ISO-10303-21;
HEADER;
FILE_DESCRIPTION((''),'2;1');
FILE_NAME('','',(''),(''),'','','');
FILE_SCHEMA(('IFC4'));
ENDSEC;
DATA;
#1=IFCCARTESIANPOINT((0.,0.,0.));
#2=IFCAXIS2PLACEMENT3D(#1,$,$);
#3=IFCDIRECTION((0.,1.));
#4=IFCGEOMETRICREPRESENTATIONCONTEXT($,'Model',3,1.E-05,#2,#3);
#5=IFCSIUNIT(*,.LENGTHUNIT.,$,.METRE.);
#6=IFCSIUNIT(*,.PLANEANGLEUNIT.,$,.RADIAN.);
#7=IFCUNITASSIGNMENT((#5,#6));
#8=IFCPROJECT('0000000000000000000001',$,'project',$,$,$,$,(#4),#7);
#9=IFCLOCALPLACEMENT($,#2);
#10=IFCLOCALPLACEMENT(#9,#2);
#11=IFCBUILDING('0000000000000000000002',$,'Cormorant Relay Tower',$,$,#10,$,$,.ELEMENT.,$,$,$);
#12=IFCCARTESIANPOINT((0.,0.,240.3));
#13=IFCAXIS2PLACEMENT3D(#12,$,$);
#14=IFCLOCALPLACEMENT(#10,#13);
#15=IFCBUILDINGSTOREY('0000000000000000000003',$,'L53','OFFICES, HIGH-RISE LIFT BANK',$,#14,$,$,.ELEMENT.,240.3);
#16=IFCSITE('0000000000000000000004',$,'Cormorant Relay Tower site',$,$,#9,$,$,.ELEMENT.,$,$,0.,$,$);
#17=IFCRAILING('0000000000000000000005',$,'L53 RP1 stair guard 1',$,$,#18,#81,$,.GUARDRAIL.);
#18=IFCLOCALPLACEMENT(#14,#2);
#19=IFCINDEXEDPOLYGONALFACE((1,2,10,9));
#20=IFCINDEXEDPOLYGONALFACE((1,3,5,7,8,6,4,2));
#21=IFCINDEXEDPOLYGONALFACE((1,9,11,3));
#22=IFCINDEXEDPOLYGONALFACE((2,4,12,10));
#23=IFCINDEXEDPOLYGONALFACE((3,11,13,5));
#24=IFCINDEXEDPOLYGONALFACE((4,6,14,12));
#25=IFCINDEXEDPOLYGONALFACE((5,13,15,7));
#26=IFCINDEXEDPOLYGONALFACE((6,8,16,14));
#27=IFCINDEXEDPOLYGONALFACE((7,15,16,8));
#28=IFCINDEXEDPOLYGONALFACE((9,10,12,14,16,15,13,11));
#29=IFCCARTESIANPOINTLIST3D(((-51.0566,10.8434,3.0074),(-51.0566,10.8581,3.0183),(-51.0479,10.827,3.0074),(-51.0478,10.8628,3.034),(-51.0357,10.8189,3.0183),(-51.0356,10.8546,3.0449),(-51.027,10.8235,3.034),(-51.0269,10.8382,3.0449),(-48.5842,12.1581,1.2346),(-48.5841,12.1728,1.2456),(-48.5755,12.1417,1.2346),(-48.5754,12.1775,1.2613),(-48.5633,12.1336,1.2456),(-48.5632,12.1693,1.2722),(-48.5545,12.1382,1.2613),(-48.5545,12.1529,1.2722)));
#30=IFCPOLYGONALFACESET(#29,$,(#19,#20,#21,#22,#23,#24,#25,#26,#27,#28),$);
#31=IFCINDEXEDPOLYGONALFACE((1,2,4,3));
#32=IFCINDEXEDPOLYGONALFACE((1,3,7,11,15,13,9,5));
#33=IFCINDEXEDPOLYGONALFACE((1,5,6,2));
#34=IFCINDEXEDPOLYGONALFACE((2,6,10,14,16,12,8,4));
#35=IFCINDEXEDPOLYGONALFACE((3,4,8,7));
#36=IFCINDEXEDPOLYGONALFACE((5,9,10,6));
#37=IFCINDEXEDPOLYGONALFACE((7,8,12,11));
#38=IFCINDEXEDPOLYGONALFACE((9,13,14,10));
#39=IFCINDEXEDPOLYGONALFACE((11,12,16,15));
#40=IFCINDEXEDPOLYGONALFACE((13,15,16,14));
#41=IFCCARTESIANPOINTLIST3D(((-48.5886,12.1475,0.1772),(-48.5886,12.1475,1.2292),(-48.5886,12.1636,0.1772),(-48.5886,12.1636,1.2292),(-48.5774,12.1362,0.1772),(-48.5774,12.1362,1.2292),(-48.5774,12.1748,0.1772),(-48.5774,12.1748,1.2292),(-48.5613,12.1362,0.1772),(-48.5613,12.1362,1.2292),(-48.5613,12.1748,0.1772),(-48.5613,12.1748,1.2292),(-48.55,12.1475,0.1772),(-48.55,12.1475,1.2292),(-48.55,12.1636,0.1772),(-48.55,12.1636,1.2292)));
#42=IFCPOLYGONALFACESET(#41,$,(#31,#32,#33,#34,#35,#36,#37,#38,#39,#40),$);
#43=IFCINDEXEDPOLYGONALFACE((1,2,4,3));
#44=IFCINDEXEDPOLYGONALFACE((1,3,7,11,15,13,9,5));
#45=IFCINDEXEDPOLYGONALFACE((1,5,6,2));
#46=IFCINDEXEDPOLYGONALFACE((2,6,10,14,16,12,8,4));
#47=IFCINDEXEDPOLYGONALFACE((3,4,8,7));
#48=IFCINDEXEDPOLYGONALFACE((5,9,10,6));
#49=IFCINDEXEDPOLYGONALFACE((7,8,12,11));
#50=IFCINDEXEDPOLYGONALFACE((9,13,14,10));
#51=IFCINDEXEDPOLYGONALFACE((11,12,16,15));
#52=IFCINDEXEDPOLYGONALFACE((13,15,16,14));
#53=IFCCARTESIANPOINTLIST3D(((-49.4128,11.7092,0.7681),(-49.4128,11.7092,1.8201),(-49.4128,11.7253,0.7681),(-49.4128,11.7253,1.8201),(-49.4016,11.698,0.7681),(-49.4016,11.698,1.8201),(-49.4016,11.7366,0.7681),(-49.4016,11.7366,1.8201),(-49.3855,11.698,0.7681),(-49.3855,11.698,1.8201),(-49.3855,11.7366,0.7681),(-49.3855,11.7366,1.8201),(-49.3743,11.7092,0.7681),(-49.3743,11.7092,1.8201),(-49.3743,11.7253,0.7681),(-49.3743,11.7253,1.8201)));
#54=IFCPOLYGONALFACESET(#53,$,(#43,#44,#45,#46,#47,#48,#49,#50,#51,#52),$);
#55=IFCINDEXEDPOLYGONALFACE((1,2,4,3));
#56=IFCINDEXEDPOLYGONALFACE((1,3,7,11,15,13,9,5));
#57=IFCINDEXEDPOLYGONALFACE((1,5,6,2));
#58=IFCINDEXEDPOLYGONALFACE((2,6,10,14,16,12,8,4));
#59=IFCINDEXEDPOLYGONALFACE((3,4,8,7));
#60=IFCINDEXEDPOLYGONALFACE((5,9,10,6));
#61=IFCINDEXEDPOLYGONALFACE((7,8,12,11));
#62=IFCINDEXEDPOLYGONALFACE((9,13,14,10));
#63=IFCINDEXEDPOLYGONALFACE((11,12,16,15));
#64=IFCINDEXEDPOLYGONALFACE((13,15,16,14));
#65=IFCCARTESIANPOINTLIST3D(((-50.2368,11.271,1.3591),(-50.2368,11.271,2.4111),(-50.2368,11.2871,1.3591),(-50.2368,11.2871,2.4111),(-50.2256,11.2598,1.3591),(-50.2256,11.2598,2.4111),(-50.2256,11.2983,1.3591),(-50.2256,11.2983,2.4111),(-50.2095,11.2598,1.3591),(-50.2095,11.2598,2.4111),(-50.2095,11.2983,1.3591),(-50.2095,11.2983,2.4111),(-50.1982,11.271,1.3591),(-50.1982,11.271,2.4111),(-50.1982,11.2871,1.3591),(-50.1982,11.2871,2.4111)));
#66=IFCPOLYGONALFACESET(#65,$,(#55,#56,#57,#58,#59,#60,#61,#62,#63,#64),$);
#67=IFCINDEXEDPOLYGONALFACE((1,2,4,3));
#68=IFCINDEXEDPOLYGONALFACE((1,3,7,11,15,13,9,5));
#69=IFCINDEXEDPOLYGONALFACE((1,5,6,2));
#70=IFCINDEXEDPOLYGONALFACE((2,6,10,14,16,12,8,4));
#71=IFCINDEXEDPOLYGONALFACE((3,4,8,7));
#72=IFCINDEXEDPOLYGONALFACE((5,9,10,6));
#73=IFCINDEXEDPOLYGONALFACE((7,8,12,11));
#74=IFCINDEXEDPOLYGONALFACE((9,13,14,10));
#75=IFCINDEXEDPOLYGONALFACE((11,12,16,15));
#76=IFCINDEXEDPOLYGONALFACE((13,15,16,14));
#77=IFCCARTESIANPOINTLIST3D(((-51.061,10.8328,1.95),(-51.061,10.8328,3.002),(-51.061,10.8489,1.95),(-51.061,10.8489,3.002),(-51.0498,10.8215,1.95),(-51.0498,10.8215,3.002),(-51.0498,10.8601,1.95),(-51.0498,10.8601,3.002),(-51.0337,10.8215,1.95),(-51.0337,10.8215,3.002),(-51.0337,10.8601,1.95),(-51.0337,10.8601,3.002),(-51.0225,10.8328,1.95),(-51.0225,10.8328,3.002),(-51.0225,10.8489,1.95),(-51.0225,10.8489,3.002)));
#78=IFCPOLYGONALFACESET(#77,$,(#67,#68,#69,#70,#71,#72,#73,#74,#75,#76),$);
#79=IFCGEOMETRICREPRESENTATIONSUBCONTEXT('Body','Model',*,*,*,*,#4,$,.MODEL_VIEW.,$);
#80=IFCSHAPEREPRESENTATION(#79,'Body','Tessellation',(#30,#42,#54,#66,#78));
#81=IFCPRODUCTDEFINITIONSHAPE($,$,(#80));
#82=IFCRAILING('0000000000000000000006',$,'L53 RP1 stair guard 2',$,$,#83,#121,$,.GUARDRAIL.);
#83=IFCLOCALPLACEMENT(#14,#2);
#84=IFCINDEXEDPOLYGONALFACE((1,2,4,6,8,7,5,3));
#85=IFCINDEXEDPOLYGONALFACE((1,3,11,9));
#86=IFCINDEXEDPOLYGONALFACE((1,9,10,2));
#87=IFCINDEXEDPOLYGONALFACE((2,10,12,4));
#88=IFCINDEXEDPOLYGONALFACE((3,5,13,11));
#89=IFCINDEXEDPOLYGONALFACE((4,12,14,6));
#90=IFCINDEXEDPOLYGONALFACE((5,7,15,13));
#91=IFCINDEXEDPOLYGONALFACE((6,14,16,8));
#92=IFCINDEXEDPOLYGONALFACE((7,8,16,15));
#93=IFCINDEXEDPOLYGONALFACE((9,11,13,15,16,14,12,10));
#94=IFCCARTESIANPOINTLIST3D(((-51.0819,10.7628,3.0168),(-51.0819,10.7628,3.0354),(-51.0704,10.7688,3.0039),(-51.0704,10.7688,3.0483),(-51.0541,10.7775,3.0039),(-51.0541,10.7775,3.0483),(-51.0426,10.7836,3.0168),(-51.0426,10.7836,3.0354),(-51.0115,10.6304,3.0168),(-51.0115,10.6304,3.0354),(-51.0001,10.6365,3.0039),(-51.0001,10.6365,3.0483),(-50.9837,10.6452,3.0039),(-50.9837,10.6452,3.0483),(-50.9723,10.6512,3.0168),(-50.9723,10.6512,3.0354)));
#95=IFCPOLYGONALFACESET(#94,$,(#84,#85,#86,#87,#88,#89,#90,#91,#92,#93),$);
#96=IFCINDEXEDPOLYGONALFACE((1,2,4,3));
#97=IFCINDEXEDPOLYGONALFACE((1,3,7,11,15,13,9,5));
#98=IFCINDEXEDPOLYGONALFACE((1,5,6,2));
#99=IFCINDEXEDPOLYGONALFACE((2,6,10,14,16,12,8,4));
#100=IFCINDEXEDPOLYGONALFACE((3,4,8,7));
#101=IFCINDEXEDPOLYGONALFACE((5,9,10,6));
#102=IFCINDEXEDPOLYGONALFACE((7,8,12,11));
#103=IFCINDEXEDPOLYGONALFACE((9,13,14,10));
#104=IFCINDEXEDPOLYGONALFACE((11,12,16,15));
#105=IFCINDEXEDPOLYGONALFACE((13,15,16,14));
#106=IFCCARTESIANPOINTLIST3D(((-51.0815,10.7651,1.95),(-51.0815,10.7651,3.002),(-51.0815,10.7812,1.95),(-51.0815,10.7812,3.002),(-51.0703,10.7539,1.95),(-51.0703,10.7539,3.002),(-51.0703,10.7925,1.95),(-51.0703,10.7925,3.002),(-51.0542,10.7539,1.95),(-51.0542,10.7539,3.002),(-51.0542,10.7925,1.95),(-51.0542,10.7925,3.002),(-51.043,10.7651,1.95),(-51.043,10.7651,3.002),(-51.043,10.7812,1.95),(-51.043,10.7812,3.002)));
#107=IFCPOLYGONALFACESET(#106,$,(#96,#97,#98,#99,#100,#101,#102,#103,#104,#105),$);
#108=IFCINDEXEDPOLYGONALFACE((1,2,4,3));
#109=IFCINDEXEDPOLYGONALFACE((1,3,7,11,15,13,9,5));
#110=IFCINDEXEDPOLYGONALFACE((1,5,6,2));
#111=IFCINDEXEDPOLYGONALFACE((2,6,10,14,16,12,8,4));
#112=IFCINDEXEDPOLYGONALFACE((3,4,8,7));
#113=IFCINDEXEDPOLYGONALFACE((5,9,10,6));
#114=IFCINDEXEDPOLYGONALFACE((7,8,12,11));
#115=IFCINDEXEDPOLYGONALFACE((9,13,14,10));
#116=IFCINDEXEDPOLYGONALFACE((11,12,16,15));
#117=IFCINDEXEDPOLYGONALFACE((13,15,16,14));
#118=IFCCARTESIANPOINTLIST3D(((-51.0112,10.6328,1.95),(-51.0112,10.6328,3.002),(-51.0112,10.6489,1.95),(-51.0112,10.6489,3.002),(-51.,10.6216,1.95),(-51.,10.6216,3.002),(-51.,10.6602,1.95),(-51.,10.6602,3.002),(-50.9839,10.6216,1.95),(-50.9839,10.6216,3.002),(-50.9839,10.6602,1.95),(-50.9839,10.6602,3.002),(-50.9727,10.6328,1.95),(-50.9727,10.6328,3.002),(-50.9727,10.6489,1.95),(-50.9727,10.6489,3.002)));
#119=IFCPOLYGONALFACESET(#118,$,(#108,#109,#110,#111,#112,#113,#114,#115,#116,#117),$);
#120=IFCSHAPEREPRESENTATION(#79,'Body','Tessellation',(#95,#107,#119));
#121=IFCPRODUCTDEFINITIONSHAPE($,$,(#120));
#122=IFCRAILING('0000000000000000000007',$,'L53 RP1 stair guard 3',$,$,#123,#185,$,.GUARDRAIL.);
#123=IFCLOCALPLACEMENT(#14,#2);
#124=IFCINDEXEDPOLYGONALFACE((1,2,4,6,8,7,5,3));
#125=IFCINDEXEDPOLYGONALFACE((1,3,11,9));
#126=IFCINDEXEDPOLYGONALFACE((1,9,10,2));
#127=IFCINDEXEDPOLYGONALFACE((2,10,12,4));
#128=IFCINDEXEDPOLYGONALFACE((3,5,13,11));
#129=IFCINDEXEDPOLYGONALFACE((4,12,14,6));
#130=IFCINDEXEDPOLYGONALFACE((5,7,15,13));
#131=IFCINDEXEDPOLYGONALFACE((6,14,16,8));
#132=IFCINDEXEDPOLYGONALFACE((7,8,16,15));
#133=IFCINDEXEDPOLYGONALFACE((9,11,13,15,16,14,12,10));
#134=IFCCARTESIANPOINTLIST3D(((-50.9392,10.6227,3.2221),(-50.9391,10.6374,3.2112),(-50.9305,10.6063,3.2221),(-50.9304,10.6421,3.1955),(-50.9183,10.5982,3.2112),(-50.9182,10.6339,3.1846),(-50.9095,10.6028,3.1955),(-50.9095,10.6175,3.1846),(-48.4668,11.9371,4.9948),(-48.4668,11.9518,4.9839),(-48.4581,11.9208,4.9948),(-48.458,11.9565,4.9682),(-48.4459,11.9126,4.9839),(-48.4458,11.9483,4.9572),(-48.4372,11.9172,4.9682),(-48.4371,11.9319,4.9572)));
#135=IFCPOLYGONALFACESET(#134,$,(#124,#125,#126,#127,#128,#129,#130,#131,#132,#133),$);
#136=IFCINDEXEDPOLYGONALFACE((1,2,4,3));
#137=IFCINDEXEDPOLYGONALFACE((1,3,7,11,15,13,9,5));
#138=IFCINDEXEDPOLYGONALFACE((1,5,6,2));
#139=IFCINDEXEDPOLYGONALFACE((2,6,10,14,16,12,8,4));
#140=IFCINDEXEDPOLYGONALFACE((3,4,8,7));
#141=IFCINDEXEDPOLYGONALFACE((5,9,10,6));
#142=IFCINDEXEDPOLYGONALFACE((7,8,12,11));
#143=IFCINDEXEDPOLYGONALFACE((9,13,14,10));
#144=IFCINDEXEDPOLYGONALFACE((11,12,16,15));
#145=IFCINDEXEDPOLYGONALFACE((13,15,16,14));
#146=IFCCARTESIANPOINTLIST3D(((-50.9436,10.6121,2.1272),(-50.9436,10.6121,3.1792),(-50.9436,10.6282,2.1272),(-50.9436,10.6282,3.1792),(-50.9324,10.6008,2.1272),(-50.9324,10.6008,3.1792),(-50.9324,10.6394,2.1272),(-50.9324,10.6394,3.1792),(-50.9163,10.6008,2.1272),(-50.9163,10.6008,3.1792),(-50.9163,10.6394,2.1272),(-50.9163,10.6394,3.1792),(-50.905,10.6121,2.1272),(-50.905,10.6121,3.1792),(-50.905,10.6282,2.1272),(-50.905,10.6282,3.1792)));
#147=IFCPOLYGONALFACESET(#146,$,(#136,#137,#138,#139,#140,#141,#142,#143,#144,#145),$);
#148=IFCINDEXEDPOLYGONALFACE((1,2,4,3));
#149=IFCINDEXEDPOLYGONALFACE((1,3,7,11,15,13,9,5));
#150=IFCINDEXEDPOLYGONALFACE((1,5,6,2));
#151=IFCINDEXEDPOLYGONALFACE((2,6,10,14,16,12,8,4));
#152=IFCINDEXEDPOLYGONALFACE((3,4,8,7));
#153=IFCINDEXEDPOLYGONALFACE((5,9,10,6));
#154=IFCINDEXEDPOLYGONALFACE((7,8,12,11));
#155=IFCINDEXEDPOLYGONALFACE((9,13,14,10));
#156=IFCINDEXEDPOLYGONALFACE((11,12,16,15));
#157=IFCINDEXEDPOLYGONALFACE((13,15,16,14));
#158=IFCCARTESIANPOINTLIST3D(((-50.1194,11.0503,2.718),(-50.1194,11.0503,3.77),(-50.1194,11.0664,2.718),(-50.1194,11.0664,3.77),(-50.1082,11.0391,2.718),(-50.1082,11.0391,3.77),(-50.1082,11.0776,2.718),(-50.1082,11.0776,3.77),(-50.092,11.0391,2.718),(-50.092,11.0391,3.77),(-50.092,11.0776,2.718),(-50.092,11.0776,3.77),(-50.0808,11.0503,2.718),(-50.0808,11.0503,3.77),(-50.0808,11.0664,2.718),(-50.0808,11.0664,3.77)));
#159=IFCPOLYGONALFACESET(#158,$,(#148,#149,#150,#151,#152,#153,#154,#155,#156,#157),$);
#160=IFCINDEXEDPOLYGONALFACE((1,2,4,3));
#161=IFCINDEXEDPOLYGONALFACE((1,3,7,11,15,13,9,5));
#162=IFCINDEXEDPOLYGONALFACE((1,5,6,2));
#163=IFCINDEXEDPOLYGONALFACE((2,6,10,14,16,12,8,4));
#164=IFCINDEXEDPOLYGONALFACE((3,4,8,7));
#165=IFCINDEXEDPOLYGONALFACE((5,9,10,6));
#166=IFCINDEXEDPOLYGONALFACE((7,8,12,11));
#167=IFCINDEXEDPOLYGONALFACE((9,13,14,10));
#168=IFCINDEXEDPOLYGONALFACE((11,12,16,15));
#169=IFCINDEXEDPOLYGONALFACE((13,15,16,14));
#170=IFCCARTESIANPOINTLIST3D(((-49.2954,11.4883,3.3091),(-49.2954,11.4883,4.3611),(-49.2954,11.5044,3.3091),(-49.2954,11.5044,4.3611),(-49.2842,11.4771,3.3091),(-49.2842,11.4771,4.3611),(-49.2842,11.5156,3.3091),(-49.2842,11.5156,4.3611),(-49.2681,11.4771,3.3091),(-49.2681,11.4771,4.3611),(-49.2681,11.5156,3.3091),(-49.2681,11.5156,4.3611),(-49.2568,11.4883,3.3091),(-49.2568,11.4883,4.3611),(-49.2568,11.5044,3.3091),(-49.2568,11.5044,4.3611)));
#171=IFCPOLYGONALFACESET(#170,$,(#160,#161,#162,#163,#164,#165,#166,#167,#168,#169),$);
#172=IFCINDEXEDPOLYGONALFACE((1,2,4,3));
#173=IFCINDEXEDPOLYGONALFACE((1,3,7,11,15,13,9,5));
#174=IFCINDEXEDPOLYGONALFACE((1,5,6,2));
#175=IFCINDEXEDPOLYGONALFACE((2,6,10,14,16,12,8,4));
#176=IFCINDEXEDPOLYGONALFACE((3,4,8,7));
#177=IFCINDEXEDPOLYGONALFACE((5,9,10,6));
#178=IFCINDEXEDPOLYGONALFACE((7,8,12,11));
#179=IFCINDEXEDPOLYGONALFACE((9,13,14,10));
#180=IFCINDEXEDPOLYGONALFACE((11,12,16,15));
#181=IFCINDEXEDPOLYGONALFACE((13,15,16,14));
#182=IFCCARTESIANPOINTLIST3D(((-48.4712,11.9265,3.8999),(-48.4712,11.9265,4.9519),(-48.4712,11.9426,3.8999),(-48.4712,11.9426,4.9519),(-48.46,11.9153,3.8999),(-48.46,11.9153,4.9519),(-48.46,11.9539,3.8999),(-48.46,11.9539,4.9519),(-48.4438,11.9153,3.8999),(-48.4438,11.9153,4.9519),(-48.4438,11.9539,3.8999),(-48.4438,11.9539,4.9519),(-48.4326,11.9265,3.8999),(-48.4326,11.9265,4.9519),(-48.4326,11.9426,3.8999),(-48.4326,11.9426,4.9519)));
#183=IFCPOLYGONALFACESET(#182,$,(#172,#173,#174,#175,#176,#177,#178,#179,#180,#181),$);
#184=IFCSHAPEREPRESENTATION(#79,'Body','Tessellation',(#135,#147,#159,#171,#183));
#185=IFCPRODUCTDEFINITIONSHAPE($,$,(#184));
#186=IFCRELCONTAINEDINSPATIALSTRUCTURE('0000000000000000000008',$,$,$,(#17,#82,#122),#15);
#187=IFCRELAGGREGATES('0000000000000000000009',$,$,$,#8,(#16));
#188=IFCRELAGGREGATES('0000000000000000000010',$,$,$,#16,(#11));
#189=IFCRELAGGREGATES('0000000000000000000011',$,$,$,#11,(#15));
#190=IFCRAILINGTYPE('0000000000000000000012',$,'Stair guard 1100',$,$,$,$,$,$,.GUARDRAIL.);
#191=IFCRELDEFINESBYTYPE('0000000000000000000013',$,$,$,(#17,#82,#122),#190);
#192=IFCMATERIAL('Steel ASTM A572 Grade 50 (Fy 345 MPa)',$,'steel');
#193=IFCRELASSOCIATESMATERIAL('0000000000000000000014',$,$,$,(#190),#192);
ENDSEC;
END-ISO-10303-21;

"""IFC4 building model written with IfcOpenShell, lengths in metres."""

from ifc_helpers import new_model, si_unit, direction, frame, origin, place, context, subcontext, project, spatial, polyline, outline, extrude, material, type_object, element, save


model = new_model("IFC4")

# Units and contexts
model_context = context("Model", 3, precision=1e-05, world=origin(), true_north=direction((0.0, 1.0)))
body_context = subcontext(model_context, "Body", "Model", "MODEL_VIEW")
ifc_project = project(units=[si_unit("LENGTHUNIT", "METRE"), si_unit("PLANEANGLEUNIT", "RADIAN")], contexts=[model_context])

# Site, building, storey
site_placement = place(None, origin())
site = spatial("IfcSite", under=ifc_project, at=site_placement, Name="Cormorant Relay Tower site", CompositionType="ELEMENT", RefElevation=0.0)
building_placement = place(site_placement, origin())
building = spatial("IfcBuilding", under=site, at=building_placement, Name="Cormorant Relay Tower", CompositionType="ELEMENT")
storey_placement = place(building_placement, frame((0.0, 0.0, 240.3)))
storey = spatial("IfcBuildingStorey", under=building, at=storey_placement, Name="L53", Description="OFFICES, HIGH-RISE LIFT BANK", CompositionType="ELEMENT", Elevation=240.3)

# Railings
ifc_material_1 = material(Name="Steel ASTM A572 Grade 50 (Fy 345 MPa)", Category="steel")
railing_type_1 = type_object("IfcRailingType", Name="Stair guard 1100", PredefinedType="GUARDRAIL", material=ifc_material_1)
railing_1_placement = place(storey_placement, frame((-48.5693, 12.1555, 0.1772)))
element("IfcRailing", 1, at=railing_1_placement, inside=storey, type_object=railing_type_1, Name="L53 RP1 stair guard 1", PredefinedType="GUARDRAIL", context=body_context, shape_type="SweptSolid", body=[
    extrude(outline(polyline([(0.0222, 0.0093), (0.0093, 0.0222), (-0.0093, 0.0222), (-0.0222, 0.0093), (-0.0222, -0.0093), (-0.0093, -0.0222), (0.0093, -0.0222), (0.0222, -0.0093), (0.0222, 0.0093)])), frame((0.0, 0.0, 1.0762), z_axis=(-0.746012, -0.39669, 0.534886), x_axis=(0.469497, -0.882934, 0.0)), (0.0, 0.0, 1.0), 3.3142),
    extrude(outline(polyline([(0.0193, 0.0081), (0.0081, 0.0193), (-0.0081, 0.0193), (-0.0193, 0.0081), (-0.0193, -0.0081), (-0.0081, -0.0193), (0.0081, -0.0193), (0.0193, -0.0081), (0.0193, 0.0081)])), origin(), (0.0, 0.0, 1.0), 1.052),
    extrude(outline(polyline([(0.0193, 0.0081), (0.0081, 0.0193), (-0.0081, 0.0193), (-0.0193, 0.0081), (-0.0193, -0.0081), (-0.0081, -0.0193), (0.0081, -0.0193), (0.0193, -0.0081), (0.0193, 0.0081)])), frame((-0.8242, -0.4382, 0.5908)), (0.0, 0.0, 1.0), 1.052),
    extrude(outline(polyline([(0.0193, 0.0081), (0.0081, 0.0193), (-0.0081, 0.0193), (-0.0193, 0.0081), (-0.0193, -0.0081), (-0.0081, -0.0193), (0.0081, -0.0193), (0.0193, -0.0081), (0.0193, 0.0081)])), frame((-1.6482, -0.8765, 1.1819)), (0.0, 0.0, 1.0), 1.052),
    extrude(outline(polyline([(0.0193, 0.0081), (0.0081, 0.0193), (-0.0081, 0.0193), (-0.0193, 0.0081), (-0.0193, -0.0081), (-0.0081, -0.0193), (0.0081, -0.0193), (0.0193, -0.0081), (0.0193, 0.0081)])), frame((-2.4724, -1.3147, 1.7727)), (0.0, 0.0, 1.0), 1.052),
])
railing_2_placement = place(storey_placement, frame((-51.0623, 10.7732, 1.95)))
element("IfcRailing", 2, at=railing_2_placement, inside=storey, type_object=railing_type_1, Name="L53 RP1 stair guard 2", PredefinedType="GUARDRAIL", context=body_context, shape_type="SweptSolid", body=[
    extrude(outline(polyline([(0.0222, 0.0093), (0.0093, 0.0222), (-0.0093, 0.0222), (-0.0222, 0.0093), (-0.0222, -0.0093), (-0.0093, -0.0222), (0.0093, -0.0222), (0.0222, -0.0093), (0.0222, 0.0093)])), frame((0.0, 0.0, 1.0762), z_axis=(0.469235, -0.883074, 0.0), x_axis=(0.883074, 0.469235, 0.0)), (0.0, 0.0, 1.0), 0.1499),
    extrude(outline(polyline([(0.0193, 0.0081), (0.0081, 0.0193), (-0.0081, 0.0193), (-0.0193, 0.0081), (-0.0193, -0.0081), (-0.0081, -0.0193), (0.0081, -0.0193), (0.0193, -0.0081), (0.0193, 0.0081)])), origin(), (0.0, 0.0, 1.0), 1.052),
    extrude(outline(polyline([(0.0193, 0.0081), (0.0081, 0.0193), (-0.0081, 0.0193), (-0.0193, 0.0081), (-0.0193, -0.0081), (-0.0081, -0.0193), (0.0081, -0.0193), (0.0193, -0.0081), (0.0193, 0.0081)])), frame((0.0703, -0.1323, 0.0)), (0.0, 0.0, 1.0), 1.052),
])
railing_3_placement = place(storey_placement, frame((-50.9243, 10.6201, 2.1272)))
element("IfcRailing", 3, at=railing_3_placement, inside=storey, type_object=railing_type_1, Name="L53 RP1 stair guard 3", PredefinedType="GUARDRAIL", context=body_context, shape_type="SweptSolid", body=[
    extrude(outline(polyline([(0.0222, 0.0093), (0.0093, 0.0222), (-0.0093, 0.0222), (-0.0222, 0.0093), (-0.0222, -0.0093), (-0.0093, -0.0222), (0.0093, -0.0222), (0.0222, -0.0093), (0.0222, 0.0093)])), frame((0.0, 0.0, 1.0762), z_axis=(0.746034, 0.396627, 0.534902), x_axis=(-0.469429, 0.88297, 0.0)), (0.0, 0.0, 1.0), 3.314),
    extrude(outline(polyline([(0.0193, 0.0081), (0.0081, 0.0193), (-0.0081, 0.0193), (-0.0193, 0.0081), (-0.0193, -0.0081), (-0.0081, -0.0193), (0.0081, -0.0193), (0.0193, -0.0081), (0.0193, 0.0081)])), origin(), (0.0, 0.0, 1.0), 1.052),
    extrude(outline(polyline([(0.0193, 0.0081), (0.0081, 0.0193), (-0.0081, 0.0193), (-0.0193, 0.0081), (-0.0193, -0.0081), (-0.0081, -0.0193), (0.0081, -0.0193), (0.0193, -0.0081), (0.0193, 0.0081)])), frame((0.8242, 0.4382, 0.5908)), (0.0, 0.0, 1.0), 1.052),
    extrude(outline(polyline([(0.0193, 0.0081), (0.0081, 0.0193), (-0.0081, 0.0193), (-0.0193, 0.0081), (-0.0193, -0.0081), (-0.0081, -0.0193), (0.0081, -0.0193), (0.0193, -0.0081), (0.0193, 0.0081)])), frame((1.6482, 0.8762, 1.1819)), (0.0, 0.0, 1.0), 1.052),
    extrude(outline(polyline([(0.0193, 0.0081), (0.0081, 0.0193), (-0.0081, 0.0193), (-0.0193, 0.0081), (-0.0193, -0.0081), (-0.0081, -0.0193), (0.0081, -0.0193), (0.0193, -0.0081), (0.0193, 0.0081)])), frame((2.4724, 1.3145, 1.7727)), (0.0, 0.0, 1.0), 1.052),
])

save(model, "model.ifc")
